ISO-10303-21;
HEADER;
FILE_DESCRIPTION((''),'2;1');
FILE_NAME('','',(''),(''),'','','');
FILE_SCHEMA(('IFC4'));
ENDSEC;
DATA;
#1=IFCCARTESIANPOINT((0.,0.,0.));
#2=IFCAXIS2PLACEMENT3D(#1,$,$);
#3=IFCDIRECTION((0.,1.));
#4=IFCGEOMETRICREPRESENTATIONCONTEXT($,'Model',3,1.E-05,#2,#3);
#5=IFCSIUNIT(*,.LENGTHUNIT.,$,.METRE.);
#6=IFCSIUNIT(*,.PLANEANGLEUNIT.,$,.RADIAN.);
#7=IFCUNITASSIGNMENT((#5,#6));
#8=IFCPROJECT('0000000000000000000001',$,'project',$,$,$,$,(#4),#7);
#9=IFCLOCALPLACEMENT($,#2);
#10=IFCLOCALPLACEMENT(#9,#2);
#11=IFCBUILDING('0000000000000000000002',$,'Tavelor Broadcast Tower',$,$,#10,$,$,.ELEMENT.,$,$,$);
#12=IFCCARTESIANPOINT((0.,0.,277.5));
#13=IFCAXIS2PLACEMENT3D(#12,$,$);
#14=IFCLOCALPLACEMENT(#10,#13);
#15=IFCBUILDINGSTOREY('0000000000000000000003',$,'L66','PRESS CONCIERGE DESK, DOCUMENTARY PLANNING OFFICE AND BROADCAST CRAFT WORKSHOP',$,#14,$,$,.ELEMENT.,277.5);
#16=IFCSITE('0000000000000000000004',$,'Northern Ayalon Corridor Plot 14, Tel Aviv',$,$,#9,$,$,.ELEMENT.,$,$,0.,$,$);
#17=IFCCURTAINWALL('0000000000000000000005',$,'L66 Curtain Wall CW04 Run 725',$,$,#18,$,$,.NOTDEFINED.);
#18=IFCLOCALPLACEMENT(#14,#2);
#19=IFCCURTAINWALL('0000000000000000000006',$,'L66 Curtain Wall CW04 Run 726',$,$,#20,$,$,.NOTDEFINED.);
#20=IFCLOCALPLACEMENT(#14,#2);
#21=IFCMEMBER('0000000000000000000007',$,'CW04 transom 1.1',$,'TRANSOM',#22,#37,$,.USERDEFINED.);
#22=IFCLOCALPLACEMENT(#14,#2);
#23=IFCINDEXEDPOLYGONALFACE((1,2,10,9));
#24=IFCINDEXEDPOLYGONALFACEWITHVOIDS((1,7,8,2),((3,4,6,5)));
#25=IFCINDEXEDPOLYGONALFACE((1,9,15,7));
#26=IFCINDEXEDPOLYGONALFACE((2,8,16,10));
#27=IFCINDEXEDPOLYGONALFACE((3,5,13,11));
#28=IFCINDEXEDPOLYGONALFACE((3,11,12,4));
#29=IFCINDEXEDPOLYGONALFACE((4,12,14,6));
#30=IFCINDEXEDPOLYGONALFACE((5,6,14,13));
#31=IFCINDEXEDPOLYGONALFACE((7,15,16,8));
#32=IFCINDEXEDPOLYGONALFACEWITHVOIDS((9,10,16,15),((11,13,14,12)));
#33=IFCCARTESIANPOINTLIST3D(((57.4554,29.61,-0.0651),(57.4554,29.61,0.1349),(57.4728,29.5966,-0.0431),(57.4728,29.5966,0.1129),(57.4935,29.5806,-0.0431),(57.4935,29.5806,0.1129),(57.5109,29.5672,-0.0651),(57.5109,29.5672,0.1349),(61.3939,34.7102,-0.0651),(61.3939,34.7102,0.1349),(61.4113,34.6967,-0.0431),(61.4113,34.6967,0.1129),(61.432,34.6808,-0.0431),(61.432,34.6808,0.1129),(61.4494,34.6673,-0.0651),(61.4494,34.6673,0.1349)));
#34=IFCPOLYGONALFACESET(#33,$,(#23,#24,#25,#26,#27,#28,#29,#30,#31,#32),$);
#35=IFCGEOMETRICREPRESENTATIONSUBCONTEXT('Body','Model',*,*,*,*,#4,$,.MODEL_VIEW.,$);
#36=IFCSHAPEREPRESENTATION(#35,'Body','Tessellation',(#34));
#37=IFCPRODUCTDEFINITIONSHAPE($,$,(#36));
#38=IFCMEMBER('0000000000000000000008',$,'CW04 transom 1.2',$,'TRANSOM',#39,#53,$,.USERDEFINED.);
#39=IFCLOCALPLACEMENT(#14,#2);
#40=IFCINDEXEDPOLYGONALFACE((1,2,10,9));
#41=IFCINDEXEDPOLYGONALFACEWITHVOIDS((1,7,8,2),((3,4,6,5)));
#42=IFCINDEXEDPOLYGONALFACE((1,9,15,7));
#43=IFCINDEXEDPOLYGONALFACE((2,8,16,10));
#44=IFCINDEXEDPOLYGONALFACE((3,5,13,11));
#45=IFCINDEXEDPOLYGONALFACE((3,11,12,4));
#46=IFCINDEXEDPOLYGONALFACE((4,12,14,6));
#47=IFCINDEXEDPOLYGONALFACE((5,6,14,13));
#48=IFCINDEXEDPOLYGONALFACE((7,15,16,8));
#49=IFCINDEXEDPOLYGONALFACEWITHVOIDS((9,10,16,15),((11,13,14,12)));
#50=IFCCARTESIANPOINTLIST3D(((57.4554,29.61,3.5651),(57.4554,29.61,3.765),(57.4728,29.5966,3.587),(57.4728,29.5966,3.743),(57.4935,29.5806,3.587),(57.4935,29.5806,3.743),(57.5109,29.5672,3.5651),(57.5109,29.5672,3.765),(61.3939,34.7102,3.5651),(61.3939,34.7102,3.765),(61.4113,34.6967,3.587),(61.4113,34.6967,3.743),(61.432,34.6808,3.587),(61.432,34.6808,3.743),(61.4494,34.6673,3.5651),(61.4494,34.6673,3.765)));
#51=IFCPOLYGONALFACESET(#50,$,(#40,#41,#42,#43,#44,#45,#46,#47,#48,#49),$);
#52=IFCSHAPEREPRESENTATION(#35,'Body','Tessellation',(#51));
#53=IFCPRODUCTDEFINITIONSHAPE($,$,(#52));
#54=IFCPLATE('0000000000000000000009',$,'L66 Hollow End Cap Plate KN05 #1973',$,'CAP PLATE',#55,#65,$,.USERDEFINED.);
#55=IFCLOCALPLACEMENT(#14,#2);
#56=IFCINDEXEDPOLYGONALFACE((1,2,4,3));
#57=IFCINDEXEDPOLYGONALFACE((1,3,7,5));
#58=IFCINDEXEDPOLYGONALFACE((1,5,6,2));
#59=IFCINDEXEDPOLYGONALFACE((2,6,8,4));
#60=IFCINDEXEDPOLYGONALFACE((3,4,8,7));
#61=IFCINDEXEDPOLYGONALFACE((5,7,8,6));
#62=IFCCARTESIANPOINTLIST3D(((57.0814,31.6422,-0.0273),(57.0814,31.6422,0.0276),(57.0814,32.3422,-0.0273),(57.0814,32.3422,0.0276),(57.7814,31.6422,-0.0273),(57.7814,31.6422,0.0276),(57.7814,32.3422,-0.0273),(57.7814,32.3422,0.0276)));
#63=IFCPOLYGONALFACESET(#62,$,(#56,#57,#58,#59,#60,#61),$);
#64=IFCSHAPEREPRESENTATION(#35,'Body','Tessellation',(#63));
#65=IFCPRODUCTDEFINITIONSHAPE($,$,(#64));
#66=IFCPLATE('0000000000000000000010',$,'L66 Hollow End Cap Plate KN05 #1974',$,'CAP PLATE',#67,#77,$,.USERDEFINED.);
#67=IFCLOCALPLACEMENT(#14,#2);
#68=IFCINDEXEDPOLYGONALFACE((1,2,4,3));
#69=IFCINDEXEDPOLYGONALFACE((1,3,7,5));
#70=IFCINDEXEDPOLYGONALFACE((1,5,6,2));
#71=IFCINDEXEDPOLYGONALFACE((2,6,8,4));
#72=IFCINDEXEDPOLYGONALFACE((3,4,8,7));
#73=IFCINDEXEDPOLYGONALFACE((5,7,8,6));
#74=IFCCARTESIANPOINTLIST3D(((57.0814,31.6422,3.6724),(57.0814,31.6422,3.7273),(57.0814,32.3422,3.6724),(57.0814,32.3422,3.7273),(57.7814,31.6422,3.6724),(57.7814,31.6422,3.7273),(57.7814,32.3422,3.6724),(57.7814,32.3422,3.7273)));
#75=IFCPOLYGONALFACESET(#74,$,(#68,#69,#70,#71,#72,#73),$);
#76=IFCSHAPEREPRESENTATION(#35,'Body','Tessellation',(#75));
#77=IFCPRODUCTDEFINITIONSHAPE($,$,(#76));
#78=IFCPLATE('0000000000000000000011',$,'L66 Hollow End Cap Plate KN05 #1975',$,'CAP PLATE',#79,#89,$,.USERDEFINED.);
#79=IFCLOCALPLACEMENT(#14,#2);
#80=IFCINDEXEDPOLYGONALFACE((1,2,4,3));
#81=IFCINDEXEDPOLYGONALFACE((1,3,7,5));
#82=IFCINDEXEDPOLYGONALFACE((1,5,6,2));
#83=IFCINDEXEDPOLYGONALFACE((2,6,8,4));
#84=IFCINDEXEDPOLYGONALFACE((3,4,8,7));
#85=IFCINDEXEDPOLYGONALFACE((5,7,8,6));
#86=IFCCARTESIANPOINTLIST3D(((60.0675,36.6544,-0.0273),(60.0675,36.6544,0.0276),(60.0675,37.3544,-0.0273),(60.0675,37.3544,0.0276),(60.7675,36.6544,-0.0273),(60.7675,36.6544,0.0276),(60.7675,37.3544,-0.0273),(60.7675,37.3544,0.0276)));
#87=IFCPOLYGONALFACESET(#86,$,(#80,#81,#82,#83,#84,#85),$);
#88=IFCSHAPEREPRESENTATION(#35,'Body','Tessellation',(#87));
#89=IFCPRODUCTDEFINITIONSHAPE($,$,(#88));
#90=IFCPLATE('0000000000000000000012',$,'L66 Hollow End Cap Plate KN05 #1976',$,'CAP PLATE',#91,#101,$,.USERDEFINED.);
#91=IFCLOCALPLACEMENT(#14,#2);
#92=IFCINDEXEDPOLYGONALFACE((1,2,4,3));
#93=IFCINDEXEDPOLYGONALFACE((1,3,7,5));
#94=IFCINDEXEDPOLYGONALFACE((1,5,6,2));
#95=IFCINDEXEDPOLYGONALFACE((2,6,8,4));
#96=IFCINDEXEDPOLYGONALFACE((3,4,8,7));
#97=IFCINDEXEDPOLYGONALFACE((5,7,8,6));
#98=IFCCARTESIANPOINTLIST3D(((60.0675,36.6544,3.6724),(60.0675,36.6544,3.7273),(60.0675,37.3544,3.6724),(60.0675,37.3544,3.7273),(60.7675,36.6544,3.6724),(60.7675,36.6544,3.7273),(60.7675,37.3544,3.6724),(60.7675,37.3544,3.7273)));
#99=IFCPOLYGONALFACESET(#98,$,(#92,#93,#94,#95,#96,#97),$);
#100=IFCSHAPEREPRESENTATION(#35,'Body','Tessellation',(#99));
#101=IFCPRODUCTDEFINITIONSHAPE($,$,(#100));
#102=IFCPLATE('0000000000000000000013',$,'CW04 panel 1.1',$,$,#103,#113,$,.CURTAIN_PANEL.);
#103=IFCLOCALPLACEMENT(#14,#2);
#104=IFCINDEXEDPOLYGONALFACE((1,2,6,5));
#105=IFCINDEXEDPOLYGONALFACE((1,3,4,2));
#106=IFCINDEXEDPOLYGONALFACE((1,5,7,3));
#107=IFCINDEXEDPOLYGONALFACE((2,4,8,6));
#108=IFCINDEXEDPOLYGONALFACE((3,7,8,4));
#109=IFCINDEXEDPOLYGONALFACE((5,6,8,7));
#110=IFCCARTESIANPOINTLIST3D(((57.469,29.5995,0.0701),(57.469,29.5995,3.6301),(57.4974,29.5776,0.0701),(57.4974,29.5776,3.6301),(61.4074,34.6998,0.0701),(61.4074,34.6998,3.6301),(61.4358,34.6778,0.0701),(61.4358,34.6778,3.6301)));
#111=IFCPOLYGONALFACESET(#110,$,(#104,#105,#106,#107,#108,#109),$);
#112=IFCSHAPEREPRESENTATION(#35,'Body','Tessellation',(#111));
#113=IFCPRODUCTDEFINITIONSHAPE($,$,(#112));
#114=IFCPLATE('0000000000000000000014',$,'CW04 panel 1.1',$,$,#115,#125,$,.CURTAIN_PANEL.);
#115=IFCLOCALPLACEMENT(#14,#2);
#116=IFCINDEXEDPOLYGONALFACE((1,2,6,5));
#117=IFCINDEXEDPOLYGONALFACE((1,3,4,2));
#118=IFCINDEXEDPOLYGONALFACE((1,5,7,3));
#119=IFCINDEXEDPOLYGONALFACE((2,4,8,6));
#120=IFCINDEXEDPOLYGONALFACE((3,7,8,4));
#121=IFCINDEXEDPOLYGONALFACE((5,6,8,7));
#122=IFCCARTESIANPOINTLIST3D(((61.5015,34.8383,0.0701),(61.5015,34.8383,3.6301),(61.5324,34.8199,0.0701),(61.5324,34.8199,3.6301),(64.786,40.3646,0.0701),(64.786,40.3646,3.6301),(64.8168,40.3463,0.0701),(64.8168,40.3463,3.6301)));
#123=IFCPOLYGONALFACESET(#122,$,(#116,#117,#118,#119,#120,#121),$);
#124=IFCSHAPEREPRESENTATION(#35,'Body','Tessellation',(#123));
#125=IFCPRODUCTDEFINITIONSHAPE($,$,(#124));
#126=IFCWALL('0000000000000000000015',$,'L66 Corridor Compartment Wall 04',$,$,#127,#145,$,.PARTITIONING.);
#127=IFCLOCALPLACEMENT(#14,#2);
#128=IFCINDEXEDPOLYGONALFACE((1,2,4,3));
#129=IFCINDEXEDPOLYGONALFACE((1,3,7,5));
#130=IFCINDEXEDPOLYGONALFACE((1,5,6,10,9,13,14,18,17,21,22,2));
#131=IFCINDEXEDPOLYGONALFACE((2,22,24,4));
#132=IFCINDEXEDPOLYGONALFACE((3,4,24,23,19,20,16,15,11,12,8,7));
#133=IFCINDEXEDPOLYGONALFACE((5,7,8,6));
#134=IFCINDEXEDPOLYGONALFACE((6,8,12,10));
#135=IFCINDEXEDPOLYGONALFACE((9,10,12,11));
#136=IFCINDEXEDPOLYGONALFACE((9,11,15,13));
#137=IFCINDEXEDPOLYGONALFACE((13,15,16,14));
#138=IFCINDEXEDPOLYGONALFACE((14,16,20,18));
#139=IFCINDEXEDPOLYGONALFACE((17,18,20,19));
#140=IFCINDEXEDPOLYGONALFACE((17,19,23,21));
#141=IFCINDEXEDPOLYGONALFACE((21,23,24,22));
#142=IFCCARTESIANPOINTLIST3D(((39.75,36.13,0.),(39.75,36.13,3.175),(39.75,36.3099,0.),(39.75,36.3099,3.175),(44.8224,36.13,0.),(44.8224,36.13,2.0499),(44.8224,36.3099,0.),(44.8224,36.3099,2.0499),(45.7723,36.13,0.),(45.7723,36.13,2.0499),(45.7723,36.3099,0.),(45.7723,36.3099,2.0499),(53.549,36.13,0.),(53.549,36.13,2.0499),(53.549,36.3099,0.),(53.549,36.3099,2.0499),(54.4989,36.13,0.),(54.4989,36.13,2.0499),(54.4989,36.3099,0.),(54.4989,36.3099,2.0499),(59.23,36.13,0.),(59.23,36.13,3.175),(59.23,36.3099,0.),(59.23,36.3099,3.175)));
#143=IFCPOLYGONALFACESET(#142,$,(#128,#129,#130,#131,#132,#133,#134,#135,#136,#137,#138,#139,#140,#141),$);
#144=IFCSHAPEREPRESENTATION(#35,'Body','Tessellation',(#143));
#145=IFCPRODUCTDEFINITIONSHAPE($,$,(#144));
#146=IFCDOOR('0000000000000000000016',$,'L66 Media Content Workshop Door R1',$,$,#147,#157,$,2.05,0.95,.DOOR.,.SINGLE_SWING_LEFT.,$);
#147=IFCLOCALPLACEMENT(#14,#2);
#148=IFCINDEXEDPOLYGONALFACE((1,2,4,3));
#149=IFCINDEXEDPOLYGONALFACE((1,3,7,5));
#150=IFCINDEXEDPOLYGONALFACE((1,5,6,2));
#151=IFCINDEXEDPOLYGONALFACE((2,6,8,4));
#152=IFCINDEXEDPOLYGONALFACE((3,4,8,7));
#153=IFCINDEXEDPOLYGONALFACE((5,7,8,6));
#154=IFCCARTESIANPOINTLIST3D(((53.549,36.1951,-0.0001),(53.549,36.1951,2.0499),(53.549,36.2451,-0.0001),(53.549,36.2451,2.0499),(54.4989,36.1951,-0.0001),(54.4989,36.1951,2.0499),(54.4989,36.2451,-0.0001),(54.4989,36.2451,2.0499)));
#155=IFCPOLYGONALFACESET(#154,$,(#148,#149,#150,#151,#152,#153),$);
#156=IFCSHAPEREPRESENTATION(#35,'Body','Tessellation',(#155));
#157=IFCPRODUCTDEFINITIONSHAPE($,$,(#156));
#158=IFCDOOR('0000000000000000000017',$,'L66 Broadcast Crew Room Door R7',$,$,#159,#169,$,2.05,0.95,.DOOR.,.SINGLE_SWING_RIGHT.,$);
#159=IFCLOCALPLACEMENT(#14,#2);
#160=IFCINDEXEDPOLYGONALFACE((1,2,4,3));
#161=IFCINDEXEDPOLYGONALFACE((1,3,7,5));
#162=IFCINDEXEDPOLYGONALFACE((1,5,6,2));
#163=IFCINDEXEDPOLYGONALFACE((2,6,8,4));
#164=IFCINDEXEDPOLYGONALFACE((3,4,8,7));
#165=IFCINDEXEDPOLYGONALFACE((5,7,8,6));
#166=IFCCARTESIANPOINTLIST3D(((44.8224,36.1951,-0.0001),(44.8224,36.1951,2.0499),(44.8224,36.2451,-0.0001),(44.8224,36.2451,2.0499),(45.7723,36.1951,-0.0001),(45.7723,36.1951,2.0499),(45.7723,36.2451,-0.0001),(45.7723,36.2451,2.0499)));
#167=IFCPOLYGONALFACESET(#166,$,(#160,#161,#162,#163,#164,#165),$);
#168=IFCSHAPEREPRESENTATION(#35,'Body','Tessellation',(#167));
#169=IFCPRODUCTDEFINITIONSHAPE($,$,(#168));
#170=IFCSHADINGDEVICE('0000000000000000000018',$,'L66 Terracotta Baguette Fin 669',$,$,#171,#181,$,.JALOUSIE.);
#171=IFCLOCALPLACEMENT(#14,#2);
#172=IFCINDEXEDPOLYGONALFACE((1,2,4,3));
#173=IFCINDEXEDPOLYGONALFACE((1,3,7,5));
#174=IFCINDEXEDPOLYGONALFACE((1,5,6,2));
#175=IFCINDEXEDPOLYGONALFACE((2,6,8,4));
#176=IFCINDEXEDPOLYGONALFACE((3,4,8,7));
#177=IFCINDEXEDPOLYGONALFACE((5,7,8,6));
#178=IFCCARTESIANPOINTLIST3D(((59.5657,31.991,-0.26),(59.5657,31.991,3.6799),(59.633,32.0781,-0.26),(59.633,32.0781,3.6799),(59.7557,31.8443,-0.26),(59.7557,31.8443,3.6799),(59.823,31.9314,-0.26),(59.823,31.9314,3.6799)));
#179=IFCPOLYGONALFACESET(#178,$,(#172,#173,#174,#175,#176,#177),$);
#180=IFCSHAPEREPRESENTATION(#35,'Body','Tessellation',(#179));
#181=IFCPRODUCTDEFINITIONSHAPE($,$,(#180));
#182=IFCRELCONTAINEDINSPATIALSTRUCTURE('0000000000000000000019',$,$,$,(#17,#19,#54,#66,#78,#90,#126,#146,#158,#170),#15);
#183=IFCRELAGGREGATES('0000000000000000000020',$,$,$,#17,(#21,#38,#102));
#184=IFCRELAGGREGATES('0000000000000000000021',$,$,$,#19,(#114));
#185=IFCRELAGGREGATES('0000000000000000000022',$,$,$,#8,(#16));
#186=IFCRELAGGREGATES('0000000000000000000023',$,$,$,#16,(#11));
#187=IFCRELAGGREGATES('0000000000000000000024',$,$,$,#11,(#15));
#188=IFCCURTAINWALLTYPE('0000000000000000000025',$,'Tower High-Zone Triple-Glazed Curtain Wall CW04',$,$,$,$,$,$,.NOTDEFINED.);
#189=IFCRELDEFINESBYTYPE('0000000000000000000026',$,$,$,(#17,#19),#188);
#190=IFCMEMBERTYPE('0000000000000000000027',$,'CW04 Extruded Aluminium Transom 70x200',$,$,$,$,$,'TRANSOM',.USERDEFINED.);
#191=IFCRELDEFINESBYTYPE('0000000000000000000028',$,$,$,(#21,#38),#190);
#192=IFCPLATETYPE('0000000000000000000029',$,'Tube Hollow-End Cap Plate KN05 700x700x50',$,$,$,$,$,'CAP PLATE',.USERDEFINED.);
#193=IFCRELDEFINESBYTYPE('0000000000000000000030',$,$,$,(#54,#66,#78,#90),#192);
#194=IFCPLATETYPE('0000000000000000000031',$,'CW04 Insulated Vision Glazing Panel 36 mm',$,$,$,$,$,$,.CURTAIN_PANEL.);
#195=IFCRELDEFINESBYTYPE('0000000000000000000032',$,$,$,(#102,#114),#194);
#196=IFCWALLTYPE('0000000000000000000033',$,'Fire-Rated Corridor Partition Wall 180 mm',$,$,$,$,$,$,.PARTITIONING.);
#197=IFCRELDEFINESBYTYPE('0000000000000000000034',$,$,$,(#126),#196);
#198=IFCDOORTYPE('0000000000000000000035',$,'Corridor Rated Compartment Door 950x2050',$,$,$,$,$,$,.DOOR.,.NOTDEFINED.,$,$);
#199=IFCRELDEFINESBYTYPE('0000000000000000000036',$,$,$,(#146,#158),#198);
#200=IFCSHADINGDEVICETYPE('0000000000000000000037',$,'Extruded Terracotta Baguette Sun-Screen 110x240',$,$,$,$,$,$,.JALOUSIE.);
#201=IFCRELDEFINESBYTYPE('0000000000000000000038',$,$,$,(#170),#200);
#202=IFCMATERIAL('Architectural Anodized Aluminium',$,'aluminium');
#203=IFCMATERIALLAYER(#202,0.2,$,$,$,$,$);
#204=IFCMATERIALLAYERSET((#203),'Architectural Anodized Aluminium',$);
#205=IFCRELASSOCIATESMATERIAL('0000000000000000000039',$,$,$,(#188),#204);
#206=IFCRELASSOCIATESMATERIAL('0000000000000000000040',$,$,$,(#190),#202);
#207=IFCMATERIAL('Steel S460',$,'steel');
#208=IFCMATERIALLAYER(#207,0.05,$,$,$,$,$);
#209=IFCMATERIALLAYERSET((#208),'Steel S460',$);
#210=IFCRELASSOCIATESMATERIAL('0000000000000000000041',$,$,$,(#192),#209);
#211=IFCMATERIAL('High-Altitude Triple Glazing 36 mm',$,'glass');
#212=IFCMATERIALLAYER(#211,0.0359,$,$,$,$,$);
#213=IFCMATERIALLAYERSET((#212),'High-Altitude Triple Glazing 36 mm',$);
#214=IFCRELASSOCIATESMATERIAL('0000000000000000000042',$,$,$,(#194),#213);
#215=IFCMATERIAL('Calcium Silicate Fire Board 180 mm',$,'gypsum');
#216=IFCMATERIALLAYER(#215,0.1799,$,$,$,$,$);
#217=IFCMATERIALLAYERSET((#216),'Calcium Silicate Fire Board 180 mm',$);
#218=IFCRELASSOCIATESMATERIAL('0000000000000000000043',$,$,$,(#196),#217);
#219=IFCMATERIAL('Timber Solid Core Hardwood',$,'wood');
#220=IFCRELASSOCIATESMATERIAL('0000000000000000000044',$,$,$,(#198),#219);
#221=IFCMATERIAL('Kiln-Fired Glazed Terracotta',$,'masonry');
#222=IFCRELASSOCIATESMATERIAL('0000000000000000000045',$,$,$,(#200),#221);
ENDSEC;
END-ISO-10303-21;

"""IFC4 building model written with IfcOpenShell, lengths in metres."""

from ifc_helpers import new_model, si_unit, direction, frame, frame_2d, origin, origin_2d, place, context, subcontext, project, spatial, rectangle, hollow_rectangle, extrude, source, transform, mapped, material, layer, layer_set, material_profile, profile_set, type_object, type_shapes, element, fill, aggregate, save


model = new_model("IFC4")

# Units and contexts
model_context = context("Model", 3, precision=1e-05, world=origin(), true_north=direction((0.0, 1.0)))
body_context = subcontext(model_context, "Body", "Model", "MODEL_VIEW")
ifc_project = project(units=[si_unit("LENGTHUNIT", "METRE"), si_unit("PLANEANGLEUNIT", "RADIAN")], contexts=[model_context])

# Site, building, storey
site_placement = place(None, origin())
site = spatial("IfcSite", under=ifc_project, at=site_placement, Name="Northern Ayalon Corridor Plot 14, Tel Aviv", CompositionType="ELEMENT", RefElevation=0.0)
building_placement = place(site_placement, origin())
building = spatial("IfcBuilding", under=site, at=building_placement, Name="Tavelor Broadcast Tower", CompositionType="ELEMENT")
storey_placement = place(building_placement, frame((0.0, 0.0, 277.5)))
storey = spatial("IfcBuildingStorey", under=building, at=storey_placement, Name="L66", Description="PRESS CONCIERGE DESK, DOCUMENTARY PLANNING OFFICE AND BROADCAST CRAFT WORKSHOP", CompositionType="ELEMENT", Elevation=277.5)

# Shared definitions
ifc_material_1 = material(Name="Steel S460", Category="steel")

# Curtain walls
ifc_material_2 = material(Name="Architectural Anodized Aluminium", Category="aluminium")
ifc_layer_1 = layer(ifc_material_2, 0.2)
ifc_layer_set_1 = layer_set([ifc_layer_1], Name="Architectural Anodized Aluminium")
curtain_wall_type = type_object("IfcCurtainWallType", Name="Tower High-Zone Triple-Glazed Curtain Wall CW04", PredefinedType="NOTDEFINED", material=ifc_layer_set_1)
curtain_wall_1_placement = place(storey_placement, origin())
curtain_wall_1 = element("IfcCurtainWall", 1, at=curtain_wall_1_placement, inside=storey, type_object=curtain_wall_type, Name="L66 Curtain Wall CW04 Run 725", PredefinedType="NOTDEFINED")
curtain_wall_2_placement = place(storey_placement, origin())
curtain_wall_2 = element("IfcCurtainWall", 2, at=curtain_wall_2_placement, inside=storey, type_object=curtain_wall_type, Name="L66 Curtain Wall CW04 Run 726", PredefinedType="NOTDEFINED")
ifc_material_profile_1 = material_profile(ifc_material_2, hollow_rectangle(XDim=0.0701, YDim=0.2, WallThickness=0.022, at=origin_2d()), Name="RHS 70x200x22")
ifc_profile_set_1 = profile_set([ifc_material_profile_1], Name="Architectural Anodized Aluminium")
member_type_1 = type_object("IfcMemberType", Name="CW04 Extruded Aluminium Transom 70x200", ElementType="TRANSOM", PredefinedType="USERDEFINED", material=ifc_profile_set_1)

# Members
shared_shape_1 = source(origin(), body_context, "Body", "SweptSolid", [
    extrude(hollow_rectangle(XDim=0.0701, YDim=0.2, WallThickness=0.022, at=origin_2d()), origin(), (0.0, 0.0, 1.0), 6.4438),
])
member_1_placement = place(storey_placement, frame((57.4832, 29.5886, 0.0349), z_axis=(0.611204, 0.791473, 0.0), x_axis=(-0.791473, 0.611204, 0.0)))
member_1 = element("IfcMember", 3, at=member_1_placement, type_object=member_type_1, Name="CW04 transom 1.1", ObjectType="TRANSOM", PredefinedType="USERDEFINED", context=body_context, shape_type="MappedRepresentation", body=[
    mapped(shared_shape_1, transform((0.0, 0.0, 0.0), scale=1.0)),
])
member_2_placement = place(storey_placement, frame((57.4832, 29.5886, 3.665), z_axis=(0.611204, 0.791473, 0.0), x_axis=(-0.791473, 0.611204, 0.0)))
member_2 = element("IfcMember", 4, at=member_2_placement, type_object=member_type_1, Name="CW04 transom 1.2", ObjectType="TRANSOM", PredefinedType="USERDEFINED", context=body_context, shape_type="MappedRepresentation", body=[
    mapped(shared_shape_1, transform((0.0, 0.0, 0.0), scale=1.0)),
])

# Plates
ifc_layer_2 = layer(ifc_material_1, 0.05)
ifc_layer_set_2 = layer_set([ifc_layer_2], Name="Steel S460")
plate_type_1 = type_object("IfcPlateType", Name="Tube Hollow-End Cap Plate KN05 700x700x50", ElementType="CAP PLATE", PredefinedType="USERDEFINED", material=ifc_layer_set_2)
shared_shape_2 = source(origin(), body_context, "Body", "SweptSolid", [
    extrude(rectangle(XDim=0.7, YDim=0.7, at=origin_2d()), origin(), (0.0, 0.0, 1.0), 0.0549),
])
type_shapes(plate_type_1, [shared_shape_2])
for number, where, z_axis, x_axis, name in (
    (5, (57.4314, 31.9922, -0.0273), (0.0, 0.0, 1.0), (1.0, 0.0, 0.0), "L66 Hollow End Cap Plate KN05 #1973"),
    (6, (57.4314, 31.9922, 3.6724), (0.0, 0.0, 1.0), (1.0, 0.0, 0.0), "L66 Hollow End Cap Plate KN05 #1974"),
    (7, (60.4175, 37.0044, -0.0273), (0.0, 0.0, 1.0), (1.0, 0.0, 0.0), "L66 Hollow End Cap Plate KN05 #1975"),
    (8, (60.4175, 37.0044, 3.6724), (0.0, 0.0, 1.0), (1.0, 0.0, 0.0), "L66 Hollow End Cap Plate KN05 #1976"),
):
    element("IfcPlate", number, at=place(storey_placement, frame(where, z_axis=z_axis, x_axis=x_axis)), inside=storey, type_object=plate_type_1, Name=name, ObjectType="CAP PLATE", PredefinedType="USERDEFINED", context=body_context, shape_type="MappedRepresentation", body=[
        mapped(shared_shape_2, transform((0.0, 0.0, 0.0), scale=1.0)),
    ])

# Plates
ifc_material_3 = material(Name="High-Altitude Triple Glazing 36 mm", Category="glass")
ifc_layer_3 = layer(ifc_material_3, 0.0359)
ifc_layer_set_3 = layer_set([ifc_layer_3], Name="High-Altitude Triple Glazing 36 mm")
plate_type_2 = type_object("IfcPlateType", Name="CW04 Insulated Vision Glazing Panel 36 mm", PredefinedType="CURTAIN_PANEL", material=ifc_layer_set_3)
shared_shape_3 = source(origin(), body_context, "Body", "SweptSolid", [
    extrude(rectangle(XDim=6.4438, YDim=0.0359, at=origin_2d()), origin(), (0.0, 0.0, 1.0), 3.5601),
])
plate_1_placement = place(storey_placement, frame((59.4524, 32.1387, 0.0701), z_axis=(0.0, 0.0, 1.0), x_axis=(0.611185, 0.791488, 0.0)))
plate_1 = element("IfcPlate", 9, at=plate_1_placement, type_object=plate_type_2, Name="CW04 panel 1.1", PredefinedType="CURTAIN_PANEL", context=body_context, shape_type="MappedRepresentation", body=[
    mapped(shared_shape_3, transform((0.0, 0.0, 0.0), scale=1.0)),
])
aggregate(curtain_wall_1, [member_1, member_2, plate_1])
shared_shape_4 = source(origin(), body_context, "Body", "SweptSolid", [
    extrude(rectangle(XDim=6.4287, YDim=0.0359, at=origin_2d()), origin(), (0.0, 0.0, 1.0), 3.5601),
])
type_shapes(plate_type_2, [shared_shape_3, shared_shape_4])
plate_2_placement = place(storey_placement, frame((63.1592, 37.5923, 0.0701), z_axis=(0.0, 0.0, 1.0), x_axis=(0.5109, 0.85964, 0.0)))
plate_2 = element("IfcPlate", 10, at=plate_2_placement, type_object=plate_type_2, Name="CW04 panel 1.1", PredefinedType="CURTAIN_PANEL", context=body_context, shape_type="MappedRepresentation", body=[
    mapped(shared_shape_4, transform((0.0, 0.0, 0.0), scale=1.0)),
])
aggregate(curtain_wall_2, [plate_2])

# Wall, openings, doors
ifc_material_4 = material(Name="Calcium Silicate Fire Board 180 mm", Category="gypsum")
ifc_layer_4 = layer(ifc_material_4, 0.1799)
ifc_layer_set_4 = layer_set([ifc_layer_4], Name="Calcium Silicate Fire Board 180 mm")
wall_type = type_object("IfcWallType", Name="Fire-Rated Corridor Partition Wall 180 mm", PredefinedType="PARTITIONING", material=ifc_layer_set_4)
wall_placement = place(storey_placement, frame((59.23, 36.22, 0.0), z_axis=(0.0, 0.0, 1.0), x_axis=(-1.0, 0.0, 0.0)))
wall = element("IfcWall", 11, at=wall_placement, inside=storey, type_object=wall_type, Name="L66 Corridor Compartment Wall 04", PredefinedType="PARTITIONING", context=body_context, shape_type="SweptSolid", body=[
    extrude(rectangle(XDim=19.48, YDim=0.1799, at=frame_2d((9.74, 0.0))), origin(), (0.0, 0.0, 1.0), 3.175),
])
opening_1_placement = place(wall_placement, frame((4.731, 0.0, 0.0)))
opening_1 = element("IfcOpeningElement", 12, at=opening_1_placement, cuts=wall, PredefinedType="OPENING", context=body_context, shape_type="SweptSolid", body=[
    extrude(rectangle(XDim=0.95, YDim=2.05, at=frame_2d((0.4751, 1.0249))), frame((0.0, 0.1001, 0.0), z_axis=(0.0, -1.0, 0.0), x_axis=(1.0, 0.0, 0.0)), (0.0, 0.0, 1.0), 0.2),
])
opening_2_placement = place(wall_placement, frame((13.4575, 0.0, 0.0)))
opening_2 = element("IfcOpeningElement", 13, at=opening_2_placement, cuts=wall, PredefinedType="OPENING", context=body_context, shape_type="SweptSolid", body=[
    extrude(rectangle(XDim=0.95, YDim=2.05, at=frame_2d((0.4751, 1.0249))), frame((0.0, 0.1001, 0.0), z_axis=(0.0, -1.0, 0.0), x_axis=(1.0, 0.0, 0.0)), (0.0, 0.0, 1.0), 0.2),
])
ifc_material_5 = material(Name="Timber Solid Core Hardwood", Category="wood")
door_type = type_object("IfcDoorType", Name="Corridor Rated Compartment Door 950x2050", OperationType="NOTDEFINED", PredefinedType="DOOR", material=ifc_material_5)
door_1_placement = place(opening_1_placement, origin())
door_1 = element("IfcDoor", 14, at=door_1_placement, inside=storey, type_object=door_type, Name="L66 Media Content Workshop Door R1", OperationType="SINGLE_SWING_LEFT", OverallHeight=2.05, OverallWidth=0.95, PredefinedType="DOOR", context=body_context, shape_type="SweptSolid", body=[
    extrude(rectangle(XDim=0.95, YDim=2.05, at=frame_2d((0.4751, 1.0249))), frame((0.0, 0.0249, 0.0), z_axis=(0.0, -1.0, 0.0), x_axis=(1.0, 0.0, 0.0)), (0.0, 0.0, 1.0), 0.05),
])
fill(opening_1, door_1)
door_2_placement = place(opening_2_placement, origin())
door_2 = element("IfcDoor", 15, at=door_2_placement, inside=storey, type_object=door_type, Name="L66 Broadcast Crew Room Door R7", OperationType="SINGLE_SWING_RIGHT", OverallHeight=2.05, OverallWidth=0.95, PredefinedType="DOOR", context=body_context, shape_type="SweptSolid", body=[
    extrude(rectangle(XDim=0.95, YDim=2.05, at=frame_2d((0.4751, 1.0249))), frame((0.0, 0.0249, 0.0), z_axis=(0.0, -1.0, 0.0), x_axis=(1.0, 0.0, 0.0)), (0.0, 0.0, 1.0), 0.05),
])
fill(opening_2, door_2)

# Shading device
ifc_material_6 = material(Name="Kiln-Fired Glazed Terracotta", Category="masonry")
shading_device_type = type_object("IfcShadingDeviceType", Name="Extruded Terracotta Baguette Sun-Screen 110x240", PredefinedType="JALOUSIE", material=ifc_material_6)
shared_shape_5 = source(origin(), body_context, "Body", "SweptSolid", [
    extrude(rectangle(XDim=0.1101, YDim=0.24, at=origin_2d()), origin(), (0.0, 0.0, 1.0), 3.9399),
])
type_shapes(shading_device_type, [shared_shape_5])
shading_device_placement = place(storey_placement, frame((59.6943, 31.9612, -0.26), z_axis=(0.0, 0.0, 1.0), x_axis=(0.611251, 0.791437, 0.0)))
element("IfcShadingDevice", 16, at=shading_device_placement, inside=storey, type_object=shading_device_type, Name="L66 Terracotta Baguette Fin 669", PredefinedType="JALOUSIE", context=body_context, shape_type="MappedRepresentation", body=[
    mapped(shared_shape_5, transform((0.0, 0.0, 0.0), scale=1.0)),
])

save(model, "model.ifc")
